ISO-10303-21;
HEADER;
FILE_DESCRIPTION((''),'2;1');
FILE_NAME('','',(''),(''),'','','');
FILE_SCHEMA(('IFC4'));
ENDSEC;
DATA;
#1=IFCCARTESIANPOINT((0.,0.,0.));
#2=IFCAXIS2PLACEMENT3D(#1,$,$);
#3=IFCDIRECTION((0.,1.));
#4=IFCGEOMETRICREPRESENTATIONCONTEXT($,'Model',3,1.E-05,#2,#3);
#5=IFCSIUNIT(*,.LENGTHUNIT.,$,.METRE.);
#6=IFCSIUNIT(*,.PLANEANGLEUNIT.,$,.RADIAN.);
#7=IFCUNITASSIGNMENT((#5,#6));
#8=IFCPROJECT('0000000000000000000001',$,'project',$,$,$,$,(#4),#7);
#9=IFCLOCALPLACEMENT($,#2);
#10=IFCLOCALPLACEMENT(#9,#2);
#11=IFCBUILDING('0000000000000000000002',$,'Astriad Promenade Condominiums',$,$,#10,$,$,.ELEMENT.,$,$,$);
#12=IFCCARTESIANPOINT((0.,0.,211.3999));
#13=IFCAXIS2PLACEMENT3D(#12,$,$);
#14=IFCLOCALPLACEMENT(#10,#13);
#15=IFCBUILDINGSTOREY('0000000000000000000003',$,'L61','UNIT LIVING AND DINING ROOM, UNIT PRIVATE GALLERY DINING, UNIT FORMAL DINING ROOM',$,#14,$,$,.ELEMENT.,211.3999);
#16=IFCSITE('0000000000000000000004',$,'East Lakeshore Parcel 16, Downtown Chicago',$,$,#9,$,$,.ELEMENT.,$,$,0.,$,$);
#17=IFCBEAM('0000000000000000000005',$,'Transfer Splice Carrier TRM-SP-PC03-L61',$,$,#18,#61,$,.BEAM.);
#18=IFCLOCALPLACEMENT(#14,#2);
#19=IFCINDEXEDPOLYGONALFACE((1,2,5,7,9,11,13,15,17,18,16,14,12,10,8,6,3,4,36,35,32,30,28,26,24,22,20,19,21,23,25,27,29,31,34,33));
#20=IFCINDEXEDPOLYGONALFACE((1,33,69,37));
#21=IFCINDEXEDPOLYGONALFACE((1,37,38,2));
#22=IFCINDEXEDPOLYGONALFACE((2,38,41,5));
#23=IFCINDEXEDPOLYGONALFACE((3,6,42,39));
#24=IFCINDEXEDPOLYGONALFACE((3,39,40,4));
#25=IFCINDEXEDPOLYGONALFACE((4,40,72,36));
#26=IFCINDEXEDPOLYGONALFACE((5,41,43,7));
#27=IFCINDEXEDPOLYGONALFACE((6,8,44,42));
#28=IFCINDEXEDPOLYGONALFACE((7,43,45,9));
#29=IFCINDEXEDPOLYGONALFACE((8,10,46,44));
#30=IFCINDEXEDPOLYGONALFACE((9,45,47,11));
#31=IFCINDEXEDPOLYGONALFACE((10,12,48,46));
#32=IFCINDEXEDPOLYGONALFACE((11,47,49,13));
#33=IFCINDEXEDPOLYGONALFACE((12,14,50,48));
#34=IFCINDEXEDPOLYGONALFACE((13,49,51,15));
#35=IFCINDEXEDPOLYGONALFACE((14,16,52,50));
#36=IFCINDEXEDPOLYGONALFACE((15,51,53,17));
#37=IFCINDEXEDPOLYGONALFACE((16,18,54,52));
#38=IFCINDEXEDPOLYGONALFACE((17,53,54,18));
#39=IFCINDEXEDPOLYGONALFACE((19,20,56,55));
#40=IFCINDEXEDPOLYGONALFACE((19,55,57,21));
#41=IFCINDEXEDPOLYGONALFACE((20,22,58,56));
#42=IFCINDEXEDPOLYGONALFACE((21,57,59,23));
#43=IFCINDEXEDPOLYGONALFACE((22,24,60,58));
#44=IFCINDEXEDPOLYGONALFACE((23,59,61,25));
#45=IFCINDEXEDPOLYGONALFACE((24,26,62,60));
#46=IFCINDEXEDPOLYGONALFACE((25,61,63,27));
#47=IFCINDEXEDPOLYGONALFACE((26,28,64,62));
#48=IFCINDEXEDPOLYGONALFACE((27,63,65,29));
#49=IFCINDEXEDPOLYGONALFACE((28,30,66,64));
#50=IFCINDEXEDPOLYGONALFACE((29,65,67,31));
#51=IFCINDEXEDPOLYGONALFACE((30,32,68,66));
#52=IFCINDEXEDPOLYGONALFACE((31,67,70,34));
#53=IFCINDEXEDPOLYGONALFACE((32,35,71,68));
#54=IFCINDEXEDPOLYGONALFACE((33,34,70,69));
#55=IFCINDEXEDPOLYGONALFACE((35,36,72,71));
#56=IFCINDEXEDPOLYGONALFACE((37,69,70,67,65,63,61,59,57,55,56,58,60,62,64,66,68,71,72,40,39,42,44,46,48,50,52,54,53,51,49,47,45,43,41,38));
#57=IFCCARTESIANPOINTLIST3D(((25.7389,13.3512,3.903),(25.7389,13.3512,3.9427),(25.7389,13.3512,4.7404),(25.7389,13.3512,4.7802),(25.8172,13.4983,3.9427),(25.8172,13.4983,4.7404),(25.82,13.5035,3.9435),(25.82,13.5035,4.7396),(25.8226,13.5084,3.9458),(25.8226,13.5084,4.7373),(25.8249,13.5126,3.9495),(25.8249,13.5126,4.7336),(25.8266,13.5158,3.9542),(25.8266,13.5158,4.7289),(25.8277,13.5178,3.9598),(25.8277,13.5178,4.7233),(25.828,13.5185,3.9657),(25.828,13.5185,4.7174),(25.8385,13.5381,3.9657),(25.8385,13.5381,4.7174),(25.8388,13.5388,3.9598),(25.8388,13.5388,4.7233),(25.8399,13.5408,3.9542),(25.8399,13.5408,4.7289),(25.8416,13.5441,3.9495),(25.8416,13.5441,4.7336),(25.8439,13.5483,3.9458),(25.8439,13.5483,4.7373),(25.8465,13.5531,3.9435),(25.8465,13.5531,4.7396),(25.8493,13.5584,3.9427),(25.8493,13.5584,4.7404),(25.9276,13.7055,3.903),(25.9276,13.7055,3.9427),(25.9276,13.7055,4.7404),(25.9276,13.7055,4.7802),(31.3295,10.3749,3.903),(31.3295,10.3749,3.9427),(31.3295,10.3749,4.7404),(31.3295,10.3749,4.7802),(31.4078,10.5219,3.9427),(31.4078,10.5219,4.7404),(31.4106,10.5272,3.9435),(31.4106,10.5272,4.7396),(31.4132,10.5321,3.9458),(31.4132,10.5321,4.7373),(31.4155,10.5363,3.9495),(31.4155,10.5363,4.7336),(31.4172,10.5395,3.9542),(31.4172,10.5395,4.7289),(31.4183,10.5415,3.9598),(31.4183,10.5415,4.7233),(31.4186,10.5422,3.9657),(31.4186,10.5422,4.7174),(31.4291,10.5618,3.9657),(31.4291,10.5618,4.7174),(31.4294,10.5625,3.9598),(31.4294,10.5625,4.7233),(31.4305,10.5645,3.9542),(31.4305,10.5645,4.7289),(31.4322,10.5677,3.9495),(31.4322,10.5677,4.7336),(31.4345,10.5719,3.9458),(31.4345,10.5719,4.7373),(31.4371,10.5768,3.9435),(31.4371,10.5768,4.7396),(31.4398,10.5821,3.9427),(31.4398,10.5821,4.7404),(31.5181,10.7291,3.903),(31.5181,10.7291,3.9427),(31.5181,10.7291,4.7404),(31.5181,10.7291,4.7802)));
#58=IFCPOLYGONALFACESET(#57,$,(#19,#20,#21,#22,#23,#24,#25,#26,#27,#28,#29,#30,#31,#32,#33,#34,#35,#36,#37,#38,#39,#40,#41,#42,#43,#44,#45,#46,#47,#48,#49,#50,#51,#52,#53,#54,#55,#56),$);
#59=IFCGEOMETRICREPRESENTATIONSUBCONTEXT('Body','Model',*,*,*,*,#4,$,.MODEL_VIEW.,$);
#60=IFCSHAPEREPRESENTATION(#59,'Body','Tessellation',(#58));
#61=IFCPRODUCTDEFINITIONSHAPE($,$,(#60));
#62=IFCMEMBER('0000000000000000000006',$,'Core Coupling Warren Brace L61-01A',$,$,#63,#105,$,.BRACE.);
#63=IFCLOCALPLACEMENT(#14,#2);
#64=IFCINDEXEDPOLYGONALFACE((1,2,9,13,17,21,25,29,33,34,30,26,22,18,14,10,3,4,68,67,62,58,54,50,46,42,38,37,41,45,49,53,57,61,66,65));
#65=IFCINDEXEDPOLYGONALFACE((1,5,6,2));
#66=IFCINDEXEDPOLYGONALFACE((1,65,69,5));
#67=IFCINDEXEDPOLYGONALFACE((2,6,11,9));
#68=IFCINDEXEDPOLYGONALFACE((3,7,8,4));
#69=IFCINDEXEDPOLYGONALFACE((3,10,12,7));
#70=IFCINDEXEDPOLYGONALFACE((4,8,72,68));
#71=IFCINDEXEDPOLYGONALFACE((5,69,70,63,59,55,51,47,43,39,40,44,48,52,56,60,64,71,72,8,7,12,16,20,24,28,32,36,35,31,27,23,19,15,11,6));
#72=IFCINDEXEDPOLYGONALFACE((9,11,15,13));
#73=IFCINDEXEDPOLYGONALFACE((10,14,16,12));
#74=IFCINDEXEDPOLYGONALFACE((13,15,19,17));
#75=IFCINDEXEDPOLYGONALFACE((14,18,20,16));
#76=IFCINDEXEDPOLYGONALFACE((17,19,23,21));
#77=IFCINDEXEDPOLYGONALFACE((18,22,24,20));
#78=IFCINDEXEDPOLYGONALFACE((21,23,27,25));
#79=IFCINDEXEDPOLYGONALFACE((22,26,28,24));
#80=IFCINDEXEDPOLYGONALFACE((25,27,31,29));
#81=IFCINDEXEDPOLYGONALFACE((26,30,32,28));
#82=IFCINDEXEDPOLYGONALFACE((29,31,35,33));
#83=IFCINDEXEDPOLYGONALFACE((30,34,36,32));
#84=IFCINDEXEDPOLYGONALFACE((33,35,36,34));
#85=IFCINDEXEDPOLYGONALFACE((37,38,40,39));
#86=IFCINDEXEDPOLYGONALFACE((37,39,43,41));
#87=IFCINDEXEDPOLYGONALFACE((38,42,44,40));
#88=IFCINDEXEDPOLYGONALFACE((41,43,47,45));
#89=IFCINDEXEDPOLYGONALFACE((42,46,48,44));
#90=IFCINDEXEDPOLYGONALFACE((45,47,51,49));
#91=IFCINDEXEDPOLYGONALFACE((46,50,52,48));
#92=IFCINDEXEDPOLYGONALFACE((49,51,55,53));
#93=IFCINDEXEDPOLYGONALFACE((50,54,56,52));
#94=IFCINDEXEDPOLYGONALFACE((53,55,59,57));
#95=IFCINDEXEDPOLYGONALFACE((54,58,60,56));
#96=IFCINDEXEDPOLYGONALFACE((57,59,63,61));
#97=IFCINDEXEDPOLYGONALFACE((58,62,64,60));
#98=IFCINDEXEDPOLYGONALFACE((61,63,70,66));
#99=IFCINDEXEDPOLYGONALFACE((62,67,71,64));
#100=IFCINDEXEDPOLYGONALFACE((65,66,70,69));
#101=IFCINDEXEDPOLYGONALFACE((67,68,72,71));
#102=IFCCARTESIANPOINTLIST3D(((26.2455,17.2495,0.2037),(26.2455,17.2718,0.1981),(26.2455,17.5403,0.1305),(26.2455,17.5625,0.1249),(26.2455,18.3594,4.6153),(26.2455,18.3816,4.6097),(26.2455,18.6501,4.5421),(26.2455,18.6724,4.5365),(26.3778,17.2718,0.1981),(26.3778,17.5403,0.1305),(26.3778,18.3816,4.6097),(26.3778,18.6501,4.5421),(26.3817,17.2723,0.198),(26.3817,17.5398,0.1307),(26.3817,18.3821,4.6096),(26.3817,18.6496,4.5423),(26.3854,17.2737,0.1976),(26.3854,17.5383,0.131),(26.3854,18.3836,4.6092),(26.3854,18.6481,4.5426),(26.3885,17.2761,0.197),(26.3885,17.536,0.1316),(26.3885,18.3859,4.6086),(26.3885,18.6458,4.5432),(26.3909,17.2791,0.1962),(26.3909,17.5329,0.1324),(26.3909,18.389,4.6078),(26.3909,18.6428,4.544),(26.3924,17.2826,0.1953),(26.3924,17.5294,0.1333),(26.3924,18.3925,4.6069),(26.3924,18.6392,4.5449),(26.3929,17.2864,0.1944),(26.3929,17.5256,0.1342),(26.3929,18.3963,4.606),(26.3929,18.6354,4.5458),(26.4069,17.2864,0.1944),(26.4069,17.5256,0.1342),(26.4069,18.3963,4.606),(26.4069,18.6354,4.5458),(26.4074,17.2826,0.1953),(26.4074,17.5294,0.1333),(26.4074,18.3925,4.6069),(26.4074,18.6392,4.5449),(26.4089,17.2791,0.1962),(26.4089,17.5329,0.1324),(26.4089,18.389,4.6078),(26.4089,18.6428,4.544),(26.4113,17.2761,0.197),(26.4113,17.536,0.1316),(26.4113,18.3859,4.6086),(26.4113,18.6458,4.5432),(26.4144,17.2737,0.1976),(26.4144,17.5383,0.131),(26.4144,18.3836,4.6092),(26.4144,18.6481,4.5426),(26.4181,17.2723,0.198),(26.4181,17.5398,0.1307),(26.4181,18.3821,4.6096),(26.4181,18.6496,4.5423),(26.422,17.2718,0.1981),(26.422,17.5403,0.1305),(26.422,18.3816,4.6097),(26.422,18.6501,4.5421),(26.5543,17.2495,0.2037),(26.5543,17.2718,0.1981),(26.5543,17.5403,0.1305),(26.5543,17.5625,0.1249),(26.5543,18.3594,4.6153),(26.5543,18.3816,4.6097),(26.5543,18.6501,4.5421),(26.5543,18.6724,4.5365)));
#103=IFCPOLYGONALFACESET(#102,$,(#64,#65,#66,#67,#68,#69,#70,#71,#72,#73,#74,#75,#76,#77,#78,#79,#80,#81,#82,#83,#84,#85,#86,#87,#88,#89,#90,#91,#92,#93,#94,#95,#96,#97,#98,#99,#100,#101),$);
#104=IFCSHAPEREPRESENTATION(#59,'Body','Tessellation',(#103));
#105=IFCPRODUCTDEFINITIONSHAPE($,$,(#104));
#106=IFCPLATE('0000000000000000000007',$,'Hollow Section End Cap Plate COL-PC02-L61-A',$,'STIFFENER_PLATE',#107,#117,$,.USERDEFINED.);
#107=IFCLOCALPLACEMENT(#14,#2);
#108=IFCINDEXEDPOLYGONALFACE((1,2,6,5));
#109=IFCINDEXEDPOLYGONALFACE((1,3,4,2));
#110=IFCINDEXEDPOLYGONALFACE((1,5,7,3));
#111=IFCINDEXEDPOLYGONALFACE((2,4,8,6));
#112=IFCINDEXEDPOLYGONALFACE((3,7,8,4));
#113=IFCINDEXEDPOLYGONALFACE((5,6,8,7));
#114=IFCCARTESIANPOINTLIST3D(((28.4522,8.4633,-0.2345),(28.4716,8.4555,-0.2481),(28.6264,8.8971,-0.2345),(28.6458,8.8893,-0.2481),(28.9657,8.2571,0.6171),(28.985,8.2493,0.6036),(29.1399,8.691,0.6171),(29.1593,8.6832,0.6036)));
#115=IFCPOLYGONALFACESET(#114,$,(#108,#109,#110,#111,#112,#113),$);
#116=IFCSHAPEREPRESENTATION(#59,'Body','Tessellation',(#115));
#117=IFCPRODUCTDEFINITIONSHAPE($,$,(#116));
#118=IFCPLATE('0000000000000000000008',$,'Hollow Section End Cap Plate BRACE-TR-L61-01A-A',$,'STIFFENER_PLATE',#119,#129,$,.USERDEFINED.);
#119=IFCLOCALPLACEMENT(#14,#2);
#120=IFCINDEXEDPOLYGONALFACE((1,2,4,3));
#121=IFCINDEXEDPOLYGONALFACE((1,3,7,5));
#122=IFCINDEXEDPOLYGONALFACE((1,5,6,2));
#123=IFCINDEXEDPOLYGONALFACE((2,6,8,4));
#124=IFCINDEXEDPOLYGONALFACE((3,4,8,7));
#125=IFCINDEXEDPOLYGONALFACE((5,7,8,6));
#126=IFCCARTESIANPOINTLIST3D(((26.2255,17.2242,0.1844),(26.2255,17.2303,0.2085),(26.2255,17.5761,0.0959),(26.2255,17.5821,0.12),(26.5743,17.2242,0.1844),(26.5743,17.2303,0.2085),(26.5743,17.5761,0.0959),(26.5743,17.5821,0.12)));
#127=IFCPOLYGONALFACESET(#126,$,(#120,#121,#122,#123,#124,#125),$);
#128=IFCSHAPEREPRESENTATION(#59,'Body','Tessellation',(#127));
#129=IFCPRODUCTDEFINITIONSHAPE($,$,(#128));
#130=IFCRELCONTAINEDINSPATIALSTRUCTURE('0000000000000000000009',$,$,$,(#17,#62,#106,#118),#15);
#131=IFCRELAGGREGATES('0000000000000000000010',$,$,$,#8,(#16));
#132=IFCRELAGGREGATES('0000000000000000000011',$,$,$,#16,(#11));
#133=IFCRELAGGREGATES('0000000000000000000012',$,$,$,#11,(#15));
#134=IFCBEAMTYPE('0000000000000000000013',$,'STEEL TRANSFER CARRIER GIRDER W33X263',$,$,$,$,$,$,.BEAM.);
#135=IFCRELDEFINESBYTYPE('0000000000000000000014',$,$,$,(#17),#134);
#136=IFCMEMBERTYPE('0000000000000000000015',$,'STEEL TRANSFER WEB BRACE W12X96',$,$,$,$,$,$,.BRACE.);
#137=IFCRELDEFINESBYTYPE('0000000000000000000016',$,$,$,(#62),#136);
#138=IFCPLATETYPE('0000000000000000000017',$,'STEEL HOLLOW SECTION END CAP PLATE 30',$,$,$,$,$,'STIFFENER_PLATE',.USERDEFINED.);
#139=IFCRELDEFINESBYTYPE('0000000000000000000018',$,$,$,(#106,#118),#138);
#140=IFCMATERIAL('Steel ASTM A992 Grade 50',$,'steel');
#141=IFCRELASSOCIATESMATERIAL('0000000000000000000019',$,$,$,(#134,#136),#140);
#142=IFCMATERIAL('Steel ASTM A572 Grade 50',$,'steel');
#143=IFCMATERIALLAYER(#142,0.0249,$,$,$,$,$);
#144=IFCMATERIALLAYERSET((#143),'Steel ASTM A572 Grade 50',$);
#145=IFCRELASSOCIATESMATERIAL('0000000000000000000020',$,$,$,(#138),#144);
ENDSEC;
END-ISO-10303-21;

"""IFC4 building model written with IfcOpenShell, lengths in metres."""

from ifc_helpers import new_model, si_unit, direction, frame, origin, origin_2d, place, context, subcontext, project, spatial, rectangle, i_section, extrude, source, transform, mapped, material, layer, layer_set, material_profile, profile_set, type_object, type_shapes, element, save


model = new_model("IFC4")

# Units and contexts
model_context = context("Model", 3, precision=1e-05, world=origin(), true_north=direction((0.0, 1.0)))
body_context = subcontext(model_context, "Body", "Model", "MODEL_VIEW")
ifc_project = project(units=[si_unit("LENGTHUNIT", "METRE"), si_unit("PLANEANGLEUNIT", "RADIAN")], contexts=[model_context])

# Site, building, storey
site_placement = place(None, origin())
site = spatial("IfcSite", under=ifc_project, at=site_placement, Name="East Lakeshore Parcel 16, Downtown Chicago", CompositionType="ELEMENT", RefElevation=0.0)
building_placement = place(site_placement, origin())
building = spatial("IfcBuilding", under=site, at=building_placement, Name="Astriad Promenade Condominiums", CompositionType="ELEMENT")
storey_placement = place(building_placement, frame((0.0, 0.0, 211.3999)))
storey = spatial("IfcBuildingStorey", under=building, at=storey_placement, Name="L61", Description="UNIT LIVING AND DINING ROOM, UNIT PRIVATE GALLERY DINING, UNIT FORMAL DINING ROOM", CompositionType="ELEMENT", Elevation=211.3999)

# Shared definitions
ifc_material_1 = material(Name="Steel ASTM A992 Grade 50", Category="steel")

# Beam
ifc_material_profile_1 = material_profile(ifc_material_1, i_section(OverallWidth=0.4014, OverallDepth=0.8772, WebThickness=0.0222, FlangeThickness=0.0398, FilletRadius=0.0229, at=origin_2d()), Name="W33X263")
ifc_profile_set_1 = profile_set([ifc_material_profile_1], Name="Steel ASTM A992 Grade 50")
beam_type_1 = type_object("IfcBeamType", Name="STEEL TRANSFER CARRIER GIRDER W33X263", PredefinedType="BEAM", material=ifc_profile_set_1)
shared_shape_1 = source(origin(), body_context, "Body", "SweptSolid", [
    extrude(i_section(OverallWidth=0.4014, OverallDepth=0.8772, WebThickness=0.0222, FlangeThickness=0.0398, FilletRadius=0.0229, at=origin_2d()), origin(), (0.0, 0.0, 1.0), 6.3335),
])
type_shapes(beam_type_1, [shared_shape_1])
beam_1_placement = place(storey_placement, frame((25.8333, 13.5283, 4.3416), z_axis=(0.882702, -0.469934, 0.0), x_axis=(0.469934, 0.882702, 0.0)))
element("IfcBeam", 1, at=beam_1_placement, inside=storey, type_object=beam_type_1, Name="Transfer Splice Carrier TRM-SP-PC03-L61", PredefinedType="BEAM", context=body_context, shape_type="MappedRepresentation", body=[
    mapped(shared_shape_1, transform((0.0, 0.0, 0.0), scale=1.0)),
])

# Member
ifc_material_profile_2 = material_profile(ifc_material_1, i_section(OverallWidth=0.3088, OverallDepth=0.3228, WebThickness=0.0139, FlangeThickness=0.0229, FilletRadius=0.0151, at=origin_2d()), Name="W12X96")
ifc_profile_set_2 = profile_set([ifc_material_profile_2], Name="Steel ASTM A992 Grade 50")
member_type = type_object("IfcMemberType", Name="STEEL TRANSFER WEB BRACE W12X96", PredefinedType="BRACE", material=ifc_profile_set_2)
shared_shape_2 = source(origin(), body_context, "Body", "SweptSolid", [
    extrude(i_section(OverallWidth=0.3088, OverallDepth=0.3228, WebThickness=0.0139, FlangeThickness=0.0229, FilletRadius=0.0151, at=origin_2d()), origin(), (0.0, 0.0, 1.0), 4.5491),
])
type_shapes(member_type, [shared_shape_2])
member_placement = place(storey_placement, frame((26.3999, 17.406, 0.1643), z_axis=(0.0, 0.243975, 0.969782), x_axis=(-1.0, 0.0, 0.0)))
element("IfcMember", 2, at=member_placement, inside=storey, type_object=member_type, Name="Core Coupling Warren Brace L61-01A", PredefinedType="BRACE", context=body_context, shape_type="MappedRepresentation", body=[
    mapped(shared_shape_2, transform((0.0, 0.0, 0.0), scale=1.0)),
])

# Plates
ifc_material_2 = material(Name="Steel ASTM A572 Grade 50", Category="steel")
ifc_layer_1 = layer(ifc_material_2, 0.0249)
ifc_layer_set_1 = layer_set([ifc_layer_1], Name="Steel ASTM A572 Grade 50")
plate_type = type_object("IfcPlateType", Name="STEEL HOLLOW SECTION END CAP PLATE 30", ElementType="STIFFENER_PLATE", PredefinedType="USERDEFINED", material=ifc_layer_set_1)
shared_shape_3 = source(origin(), body_context, "Body", "SweptSolid", [
    extrude(rectangle(XDim=0.4675, YDim=1.0156, at=origin_2d()), origin(), (0.0, 0.0, 1.0), 0.0249),
])
plate_1_placement = place(storey_placement, frame((28.8154, 8.5693, 0.1777), z_axis=(-0.778197, 0.312463, 0.544772), x_axis=(-0.372608, -0.927989, 0.0)))
element("IfcPlate", 3, at=plate_1_placement, inside=storey, type_object=plate_type, Name="Hollow Section End Cap Plate COL-PC02-L61-A", ObjectType="STIFFENER_PLATE", PredefinedType="USERDEFINED", context=body_context, shape_type="MappedRepresentation", body=[
    mapped(shared_shape_3, transform((0.0, 0.0, 0.0), scale=1.0)),
])
shared_shape_4 = source(origin(), body_context, "Body", "SweptSolid", [
    extrude(rectangle(XDim=0.3489, YDim=0.3628, at=origin_2d()), origin(), (0.0, 0.0, 1.0), 0.0249),
])
type_shapes(plate_type, [shared_shape_3, shared_shape_4])
plate_2_placement = place(storey_placement, frame((26.3999, 17.4001, 0.1401), z_axis=(0.0, 0.243963, 0.969785), x_axis=(1.0, 0.0, 0.0)))
element("IfcPlate", 4, at=plate_2_placement, inside=storey, type_object=plate_type, Name="Hollow Section End Cap Plate BRACE-TR-L61-01A-A", ObjectType="STIFFENER_PLATE", PredefinedType="USERDEFINED", context=body_context, shape_type="MappedRepresentation", body=[
    mapped(shared_shape_4, transform((0.0, 0.0, 0.0), scale=1.0)),
])

save(model, "model.ifc")
